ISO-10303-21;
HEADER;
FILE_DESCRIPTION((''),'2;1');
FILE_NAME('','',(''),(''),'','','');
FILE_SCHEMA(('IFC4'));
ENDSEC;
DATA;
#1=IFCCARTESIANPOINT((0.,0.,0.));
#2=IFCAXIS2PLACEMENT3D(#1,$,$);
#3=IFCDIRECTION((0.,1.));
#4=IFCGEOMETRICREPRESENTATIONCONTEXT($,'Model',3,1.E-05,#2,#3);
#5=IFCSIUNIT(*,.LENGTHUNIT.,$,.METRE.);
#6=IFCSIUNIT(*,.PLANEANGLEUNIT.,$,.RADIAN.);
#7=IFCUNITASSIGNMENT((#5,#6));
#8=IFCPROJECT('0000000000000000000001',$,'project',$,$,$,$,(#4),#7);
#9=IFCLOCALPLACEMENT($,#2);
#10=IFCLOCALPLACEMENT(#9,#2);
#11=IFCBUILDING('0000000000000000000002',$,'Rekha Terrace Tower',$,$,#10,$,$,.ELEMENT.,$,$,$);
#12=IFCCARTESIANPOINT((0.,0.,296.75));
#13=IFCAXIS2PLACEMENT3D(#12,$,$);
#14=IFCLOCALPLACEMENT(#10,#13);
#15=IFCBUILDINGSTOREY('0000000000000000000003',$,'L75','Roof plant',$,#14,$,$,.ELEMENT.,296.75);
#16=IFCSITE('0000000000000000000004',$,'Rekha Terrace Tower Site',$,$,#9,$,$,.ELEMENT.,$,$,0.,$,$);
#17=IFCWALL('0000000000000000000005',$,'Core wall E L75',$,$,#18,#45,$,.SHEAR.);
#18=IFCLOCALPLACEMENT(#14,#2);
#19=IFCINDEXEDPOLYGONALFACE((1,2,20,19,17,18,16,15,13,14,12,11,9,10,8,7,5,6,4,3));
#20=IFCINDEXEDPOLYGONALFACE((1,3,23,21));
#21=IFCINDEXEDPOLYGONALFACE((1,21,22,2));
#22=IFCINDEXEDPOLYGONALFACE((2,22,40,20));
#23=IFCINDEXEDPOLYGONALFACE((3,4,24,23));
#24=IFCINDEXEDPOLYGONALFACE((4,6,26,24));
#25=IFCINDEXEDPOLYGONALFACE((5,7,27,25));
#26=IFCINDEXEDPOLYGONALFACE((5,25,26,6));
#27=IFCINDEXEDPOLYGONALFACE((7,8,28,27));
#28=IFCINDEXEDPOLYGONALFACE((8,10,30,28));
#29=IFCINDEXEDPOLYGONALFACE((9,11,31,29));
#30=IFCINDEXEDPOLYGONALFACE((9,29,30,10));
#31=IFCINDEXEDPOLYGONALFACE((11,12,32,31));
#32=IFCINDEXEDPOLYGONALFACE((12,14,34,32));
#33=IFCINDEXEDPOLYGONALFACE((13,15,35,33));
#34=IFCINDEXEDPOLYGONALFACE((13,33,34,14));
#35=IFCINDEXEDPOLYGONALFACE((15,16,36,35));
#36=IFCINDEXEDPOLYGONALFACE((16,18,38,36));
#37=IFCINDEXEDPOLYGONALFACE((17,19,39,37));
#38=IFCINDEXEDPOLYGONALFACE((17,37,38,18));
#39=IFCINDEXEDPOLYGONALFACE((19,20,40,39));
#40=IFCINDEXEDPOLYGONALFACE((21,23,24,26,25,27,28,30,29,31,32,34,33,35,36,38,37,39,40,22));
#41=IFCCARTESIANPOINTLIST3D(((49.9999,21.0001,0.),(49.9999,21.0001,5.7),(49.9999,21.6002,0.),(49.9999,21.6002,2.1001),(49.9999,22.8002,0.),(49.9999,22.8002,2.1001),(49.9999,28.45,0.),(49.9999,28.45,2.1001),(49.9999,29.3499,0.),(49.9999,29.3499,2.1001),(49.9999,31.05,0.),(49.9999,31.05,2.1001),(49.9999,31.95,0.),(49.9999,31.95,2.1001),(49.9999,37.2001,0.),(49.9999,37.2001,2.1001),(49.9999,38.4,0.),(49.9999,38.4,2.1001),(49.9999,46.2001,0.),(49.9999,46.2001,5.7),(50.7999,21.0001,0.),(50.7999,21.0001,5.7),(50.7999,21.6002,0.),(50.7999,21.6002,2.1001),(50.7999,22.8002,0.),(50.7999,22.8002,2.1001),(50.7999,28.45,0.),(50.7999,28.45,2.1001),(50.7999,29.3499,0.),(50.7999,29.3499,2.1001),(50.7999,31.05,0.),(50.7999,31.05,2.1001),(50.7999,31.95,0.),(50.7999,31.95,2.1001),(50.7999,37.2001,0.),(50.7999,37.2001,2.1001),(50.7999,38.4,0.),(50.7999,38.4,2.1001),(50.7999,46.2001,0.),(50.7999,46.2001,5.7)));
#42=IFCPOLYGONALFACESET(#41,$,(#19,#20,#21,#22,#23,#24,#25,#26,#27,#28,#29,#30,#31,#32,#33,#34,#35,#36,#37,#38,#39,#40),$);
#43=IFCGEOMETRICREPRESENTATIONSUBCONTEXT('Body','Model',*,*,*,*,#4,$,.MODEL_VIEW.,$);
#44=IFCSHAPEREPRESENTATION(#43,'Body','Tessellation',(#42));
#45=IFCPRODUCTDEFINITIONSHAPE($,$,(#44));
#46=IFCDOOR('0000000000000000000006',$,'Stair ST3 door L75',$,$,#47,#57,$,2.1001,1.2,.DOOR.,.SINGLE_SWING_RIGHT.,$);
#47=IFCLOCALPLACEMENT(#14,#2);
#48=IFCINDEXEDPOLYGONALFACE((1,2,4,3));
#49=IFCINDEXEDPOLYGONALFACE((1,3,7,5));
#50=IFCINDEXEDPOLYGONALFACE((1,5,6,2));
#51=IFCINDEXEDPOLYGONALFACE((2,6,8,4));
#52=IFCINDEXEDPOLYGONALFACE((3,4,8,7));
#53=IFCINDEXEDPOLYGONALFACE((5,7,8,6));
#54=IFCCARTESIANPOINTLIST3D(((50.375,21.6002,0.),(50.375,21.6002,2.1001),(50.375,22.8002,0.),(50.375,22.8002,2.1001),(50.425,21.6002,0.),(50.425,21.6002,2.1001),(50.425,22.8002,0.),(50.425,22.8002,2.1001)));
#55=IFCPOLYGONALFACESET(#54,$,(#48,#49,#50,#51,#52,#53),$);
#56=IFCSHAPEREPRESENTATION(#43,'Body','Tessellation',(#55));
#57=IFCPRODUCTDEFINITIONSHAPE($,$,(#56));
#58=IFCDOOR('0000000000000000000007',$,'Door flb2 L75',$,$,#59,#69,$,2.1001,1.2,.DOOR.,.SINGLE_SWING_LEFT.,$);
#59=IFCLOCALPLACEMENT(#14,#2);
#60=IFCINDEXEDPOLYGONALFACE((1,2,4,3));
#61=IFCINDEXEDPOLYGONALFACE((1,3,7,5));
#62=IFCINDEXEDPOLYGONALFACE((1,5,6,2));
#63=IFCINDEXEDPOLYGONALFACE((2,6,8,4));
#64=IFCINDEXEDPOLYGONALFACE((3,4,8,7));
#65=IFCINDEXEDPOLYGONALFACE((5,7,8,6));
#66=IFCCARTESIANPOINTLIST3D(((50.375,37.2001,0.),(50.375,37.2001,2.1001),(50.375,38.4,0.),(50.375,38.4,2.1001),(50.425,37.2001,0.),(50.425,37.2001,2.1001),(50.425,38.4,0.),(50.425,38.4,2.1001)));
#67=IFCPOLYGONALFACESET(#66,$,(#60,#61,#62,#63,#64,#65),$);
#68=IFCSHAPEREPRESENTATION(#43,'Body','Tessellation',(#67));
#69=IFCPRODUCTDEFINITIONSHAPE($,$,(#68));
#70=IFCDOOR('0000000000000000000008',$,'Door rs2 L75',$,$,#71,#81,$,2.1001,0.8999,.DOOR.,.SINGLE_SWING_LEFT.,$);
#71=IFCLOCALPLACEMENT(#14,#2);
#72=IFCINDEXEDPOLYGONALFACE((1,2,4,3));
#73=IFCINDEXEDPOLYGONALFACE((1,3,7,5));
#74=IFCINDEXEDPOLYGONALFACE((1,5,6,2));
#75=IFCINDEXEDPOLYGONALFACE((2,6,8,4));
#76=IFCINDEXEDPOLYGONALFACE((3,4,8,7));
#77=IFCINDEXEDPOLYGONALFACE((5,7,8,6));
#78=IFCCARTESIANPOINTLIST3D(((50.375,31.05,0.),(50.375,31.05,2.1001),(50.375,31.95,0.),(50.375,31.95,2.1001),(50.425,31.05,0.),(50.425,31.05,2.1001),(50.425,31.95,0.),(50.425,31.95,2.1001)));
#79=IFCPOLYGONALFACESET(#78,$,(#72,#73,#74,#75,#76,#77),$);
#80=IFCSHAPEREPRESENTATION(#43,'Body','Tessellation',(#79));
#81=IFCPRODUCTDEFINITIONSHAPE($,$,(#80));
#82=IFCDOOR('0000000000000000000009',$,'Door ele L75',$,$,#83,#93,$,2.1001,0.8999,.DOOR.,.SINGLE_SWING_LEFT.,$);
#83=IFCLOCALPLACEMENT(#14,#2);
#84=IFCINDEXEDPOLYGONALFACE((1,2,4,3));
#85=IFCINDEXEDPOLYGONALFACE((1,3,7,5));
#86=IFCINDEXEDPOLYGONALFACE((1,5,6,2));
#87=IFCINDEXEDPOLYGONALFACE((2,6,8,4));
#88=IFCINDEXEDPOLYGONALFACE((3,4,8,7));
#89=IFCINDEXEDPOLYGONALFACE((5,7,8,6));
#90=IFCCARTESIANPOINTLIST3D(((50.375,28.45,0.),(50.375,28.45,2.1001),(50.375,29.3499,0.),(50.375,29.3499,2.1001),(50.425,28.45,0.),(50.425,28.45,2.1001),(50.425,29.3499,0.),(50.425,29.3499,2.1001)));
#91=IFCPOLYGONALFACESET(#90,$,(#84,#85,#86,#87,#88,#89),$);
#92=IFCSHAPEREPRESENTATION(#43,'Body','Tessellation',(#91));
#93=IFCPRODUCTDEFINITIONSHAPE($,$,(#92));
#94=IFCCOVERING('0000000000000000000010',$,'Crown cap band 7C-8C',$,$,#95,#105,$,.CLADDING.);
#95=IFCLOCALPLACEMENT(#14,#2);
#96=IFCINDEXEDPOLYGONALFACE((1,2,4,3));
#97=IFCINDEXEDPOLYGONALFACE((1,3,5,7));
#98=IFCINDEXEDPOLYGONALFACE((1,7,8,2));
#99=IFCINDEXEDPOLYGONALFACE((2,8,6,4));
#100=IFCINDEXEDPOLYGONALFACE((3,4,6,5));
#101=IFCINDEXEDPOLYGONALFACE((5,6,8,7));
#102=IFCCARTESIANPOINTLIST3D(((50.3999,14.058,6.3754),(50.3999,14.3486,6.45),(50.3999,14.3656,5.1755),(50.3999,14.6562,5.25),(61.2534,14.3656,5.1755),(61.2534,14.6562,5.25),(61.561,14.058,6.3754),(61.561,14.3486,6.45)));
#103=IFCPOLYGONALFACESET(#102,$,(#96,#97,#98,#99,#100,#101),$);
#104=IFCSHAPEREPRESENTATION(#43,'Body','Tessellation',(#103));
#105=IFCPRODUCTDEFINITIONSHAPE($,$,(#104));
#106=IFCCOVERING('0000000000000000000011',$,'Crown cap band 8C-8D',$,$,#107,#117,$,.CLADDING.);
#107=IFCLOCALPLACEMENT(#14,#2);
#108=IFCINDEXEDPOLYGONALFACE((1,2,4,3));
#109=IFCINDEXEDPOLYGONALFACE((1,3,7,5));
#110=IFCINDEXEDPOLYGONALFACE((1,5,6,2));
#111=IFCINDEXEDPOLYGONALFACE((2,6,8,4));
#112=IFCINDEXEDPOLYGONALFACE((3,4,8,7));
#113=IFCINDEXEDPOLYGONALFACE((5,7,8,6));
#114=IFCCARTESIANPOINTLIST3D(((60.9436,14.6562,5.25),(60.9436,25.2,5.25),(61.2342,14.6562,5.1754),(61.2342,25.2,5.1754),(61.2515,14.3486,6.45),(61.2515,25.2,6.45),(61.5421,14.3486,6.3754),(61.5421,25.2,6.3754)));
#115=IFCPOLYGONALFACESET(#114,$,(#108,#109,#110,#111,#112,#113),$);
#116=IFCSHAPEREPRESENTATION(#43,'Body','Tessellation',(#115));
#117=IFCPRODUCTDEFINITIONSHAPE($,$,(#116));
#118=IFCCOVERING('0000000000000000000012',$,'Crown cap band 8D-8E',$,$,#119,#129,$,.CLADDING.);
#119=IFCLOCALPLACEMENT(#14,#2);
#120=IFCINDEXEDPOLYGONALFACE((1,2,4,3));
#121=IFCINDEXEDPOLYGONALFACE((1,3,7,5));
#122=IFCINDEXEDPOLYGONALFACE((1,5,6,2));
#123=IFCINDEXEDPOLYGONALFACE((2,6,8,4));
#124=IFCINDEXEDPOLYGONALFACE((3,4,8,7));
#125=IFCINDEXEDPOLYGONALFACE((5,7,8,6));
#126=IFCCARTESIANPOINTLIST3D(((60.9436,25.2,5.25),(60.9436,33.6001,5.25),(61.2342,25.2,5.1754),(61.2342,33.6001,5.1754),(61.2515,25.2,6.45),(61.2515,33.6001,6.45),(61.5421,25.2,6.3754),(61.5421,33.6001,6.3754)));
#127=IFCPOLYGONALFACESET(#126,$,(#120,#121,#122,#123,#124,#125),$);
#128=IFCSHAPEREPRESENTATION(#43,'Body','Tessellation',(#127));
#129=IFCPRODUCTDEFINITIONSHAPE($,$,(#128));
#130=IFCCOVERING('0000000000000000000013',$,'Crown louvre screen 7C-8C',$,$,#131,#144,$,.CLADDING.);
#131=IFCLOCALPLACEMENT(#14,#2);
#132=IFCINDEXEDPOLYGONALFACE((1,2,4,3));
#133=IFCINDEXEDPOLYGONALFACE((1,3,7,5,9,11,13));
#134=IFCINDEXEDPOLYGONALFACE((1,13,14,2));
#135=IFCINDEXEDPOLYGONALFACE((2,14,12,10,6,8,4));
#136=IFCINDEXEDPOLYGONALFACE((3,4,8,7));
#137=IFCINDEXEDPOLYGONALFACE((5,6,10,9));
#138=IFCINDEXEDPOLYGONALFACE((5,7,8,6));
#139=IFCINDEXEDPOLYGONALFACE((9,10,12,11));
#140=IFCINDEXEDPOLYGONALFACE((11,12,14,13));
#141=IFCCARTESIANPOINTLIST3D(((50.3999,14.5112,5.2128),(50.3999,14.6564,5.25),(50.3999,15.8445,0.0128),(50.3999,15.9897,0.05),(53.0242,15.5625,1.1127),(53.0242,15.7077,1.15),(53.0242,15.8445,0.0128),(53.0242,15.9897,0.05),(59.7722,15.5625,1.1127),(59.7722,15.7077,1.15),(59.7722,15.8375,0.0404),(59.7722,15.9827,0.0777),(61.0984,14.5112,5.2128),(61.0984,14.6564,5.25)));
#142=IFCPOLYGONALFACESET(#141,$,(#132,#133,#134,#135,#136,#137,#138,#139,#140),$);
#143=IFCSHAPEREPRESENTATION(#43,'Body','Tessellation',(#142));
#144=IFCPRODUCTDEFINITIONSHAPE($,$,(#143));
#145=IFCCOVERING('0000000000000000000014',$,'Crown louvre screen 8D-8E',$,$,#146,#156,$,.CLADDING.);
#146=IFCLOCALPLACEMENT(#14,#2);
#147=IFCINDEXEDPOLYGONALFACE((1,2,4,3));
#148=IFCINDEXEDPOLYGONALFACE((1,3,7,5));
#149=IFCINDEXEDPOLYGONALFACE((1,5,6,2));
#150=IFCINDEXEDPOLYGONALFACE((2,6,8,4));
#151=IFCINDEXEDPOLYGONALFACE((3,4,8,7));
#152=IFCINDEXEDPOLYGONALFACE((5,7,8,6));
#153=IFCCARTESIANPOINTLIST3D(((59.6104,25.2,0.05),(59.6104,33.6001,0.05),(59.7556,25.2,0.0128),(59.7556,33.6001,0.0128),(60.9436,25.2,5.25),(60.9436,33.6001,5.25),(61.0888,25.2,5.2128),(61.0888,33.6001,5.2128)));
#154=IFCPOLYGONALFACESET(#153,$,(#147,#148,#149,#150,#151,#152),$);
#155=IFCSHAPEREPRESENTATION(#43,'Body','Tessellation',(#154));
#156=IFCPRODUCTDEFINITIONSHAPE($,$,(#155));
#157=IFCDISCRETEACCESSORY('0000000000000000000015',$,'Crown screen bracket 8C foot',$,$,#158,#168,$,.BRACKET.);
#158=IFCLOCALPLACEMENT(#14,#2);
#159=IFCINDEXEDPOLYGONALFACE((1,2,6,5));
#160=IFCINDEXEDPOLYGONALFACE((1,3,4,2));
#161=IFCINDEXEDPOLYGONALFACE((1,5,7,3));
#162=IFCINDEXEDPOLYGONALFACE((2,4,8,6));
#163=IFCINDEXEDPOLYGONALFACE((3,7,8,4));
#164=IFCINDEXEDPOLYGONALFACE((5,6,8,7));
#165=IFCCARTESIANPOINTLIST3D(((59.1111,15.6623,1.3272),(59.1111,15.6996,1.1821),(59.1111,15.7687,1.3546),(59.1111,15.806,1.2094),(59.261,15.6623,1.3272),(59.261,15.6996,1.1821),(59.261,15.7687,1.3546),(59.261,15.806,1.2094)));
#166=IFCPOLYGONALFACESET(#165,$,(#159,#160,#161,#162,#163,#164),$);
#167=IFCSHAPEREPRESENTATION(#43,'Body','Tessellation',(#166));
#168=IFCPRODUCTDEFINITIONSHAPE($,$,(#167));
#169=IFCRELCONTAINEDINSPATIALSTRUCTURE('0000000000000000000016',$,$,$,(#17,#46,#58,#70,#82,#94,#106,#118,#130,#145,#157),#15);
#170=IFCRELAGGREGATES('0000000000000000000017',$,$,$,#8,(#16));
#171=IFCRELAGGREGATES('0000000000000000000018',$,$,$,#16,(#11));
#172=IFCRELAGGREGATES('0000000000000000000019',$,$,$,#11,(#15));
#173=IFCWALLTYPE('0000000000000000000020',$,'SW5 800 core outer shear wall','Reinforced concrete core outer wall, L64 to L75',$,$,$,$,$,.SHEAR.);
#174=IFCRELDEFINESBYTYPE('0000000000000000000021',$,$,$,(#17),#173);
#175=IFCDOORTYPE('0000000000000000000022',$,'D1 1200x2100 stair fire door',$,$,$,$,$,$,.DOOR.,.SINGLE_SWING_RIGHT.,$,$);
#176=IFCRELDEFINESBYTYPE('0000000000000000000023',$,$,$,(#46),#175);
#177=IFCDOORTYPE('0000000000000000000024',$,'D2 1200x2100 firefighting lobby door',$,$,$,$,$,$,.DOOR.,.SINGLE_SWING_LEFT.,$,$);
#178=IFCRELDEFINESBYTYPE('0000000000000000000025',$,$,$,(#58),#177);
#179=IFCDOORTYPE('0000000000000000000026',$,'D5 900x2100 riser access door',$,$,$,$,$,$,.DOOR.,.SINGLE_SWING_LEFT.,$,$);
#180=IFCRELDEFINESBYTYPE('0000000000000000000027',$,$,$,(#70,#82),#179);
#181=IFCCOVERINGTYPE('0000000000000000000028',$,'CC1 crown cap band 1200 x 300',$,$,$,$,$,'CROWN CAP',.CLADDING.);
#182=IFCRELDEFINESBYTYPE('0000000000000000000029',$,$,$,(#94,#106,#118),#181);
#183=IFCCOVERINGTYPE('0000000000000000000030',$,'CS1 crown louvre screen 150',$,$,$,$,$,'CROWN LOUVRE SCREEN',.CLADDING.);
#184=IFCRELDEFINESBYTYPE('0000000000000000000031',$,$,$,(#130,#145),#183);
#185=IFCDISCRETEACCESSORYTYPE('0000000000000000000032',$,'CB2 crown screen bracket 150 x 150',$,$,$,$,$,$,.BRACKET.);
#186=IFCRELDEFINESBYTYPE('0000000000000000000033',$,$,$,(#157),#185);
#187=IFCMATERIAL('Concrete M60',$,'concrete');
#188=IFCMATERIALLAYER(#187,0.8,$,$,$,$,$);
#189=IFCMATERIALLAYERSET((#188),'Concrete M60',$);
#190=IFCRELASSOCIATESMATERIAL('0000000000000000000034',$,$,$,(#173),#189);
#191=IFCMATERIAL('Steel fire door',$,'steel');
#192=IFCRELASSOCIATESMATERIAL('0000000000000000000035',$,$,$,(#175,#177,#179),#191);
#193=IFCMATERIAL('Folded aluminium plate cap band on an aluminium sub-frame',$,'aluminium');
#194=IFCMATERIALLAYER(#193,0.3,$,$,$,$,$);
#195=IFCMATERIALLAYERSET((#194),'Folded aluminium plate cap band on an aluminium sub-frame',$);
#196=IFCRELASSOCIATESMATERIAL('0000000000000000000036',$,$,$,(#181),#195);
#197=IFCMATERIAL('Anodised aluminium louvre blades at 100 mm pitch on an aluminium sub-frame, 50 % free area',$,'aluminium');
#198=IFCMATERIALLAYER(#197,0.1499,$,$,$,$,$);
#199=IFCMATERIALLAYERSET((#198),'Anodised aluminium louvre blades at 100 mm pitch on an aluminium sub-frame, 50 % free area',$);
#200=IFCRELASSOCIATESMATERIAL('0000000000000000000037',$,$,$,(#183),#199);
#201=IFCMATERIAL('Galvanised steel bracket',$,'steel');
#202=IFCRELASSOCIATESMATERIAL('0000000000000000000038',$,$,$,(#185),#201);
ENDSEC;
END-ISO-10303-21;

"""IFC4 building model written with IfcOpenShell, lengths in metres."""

from ifc_helpers import new_model, si_unit, direction, frame, frame_2d, origin, origin_2d, place, context, subcontext, project, spatial, polyline, rectangle, outline, extrude, material, layer, layer_set, type_object, element, fill, save


model = new_model("IFC4")

# Units and contexts
model_context = context("Model", 3, precision=1e-05, world=origin(), true_north=direction((0.0, 1.0)))
body_context = subcontext(model_context, "Body", "Model", "MODEL_VIEW")
ifc_project = project(units=[si_unit("LENGTHUNIT", "METRE"), si_unit("PLANEANGLEUNIT", "RADIAN")], contexts=[model_context])

# Site, building, storey
site_placement = place(None, origin())
site = spatial("IfcSite", under=ifc_project, at=site_placement, Name="Rekha Terrace Tower Site", CompositionType="ELEMENT", RefElevation=0.0)
building_placement = place(site_placement, origin())
building = spatial("IfcBuilding", under=site, at=building_placement, Name="Rekha Terrace Tower", CompositionType="ELEMENT")
storey_placement = place(building_placement, frame((0.0, 0.0, 296.75)))
storey = spatial("IfcBuildingStorey", under=building, at=storey_placement, Name="L75", Description="Roof plant", CompositionType="ELEMENT", Elevation=296.75)

# Wall, openings, doors
ifc_material_1 = material(Name="Concrete M60", Category="concrete")
ifc_layer_1 = layer(ifc_material_1, 0.8)
ifc_layer_set_1 = layer_set([ifc_layer_1], Name="Concrete M60")
wall_type_1 = type_object("IfcWallType", Name="SW5 800 core outer shear wall", Description="Reinforced concrete core outer wall, L64 to L75", PredefinedType="SHEAR", material=ifc_layer_set_1)
wall_1_placement = place(storey_placement, frame((50.3999, 21.0, 0.0), z_axis=(0.0, 0.0, 1.0), x_axis=(0.0, 1.0, 0.0)))
wall_1 = element("IfcWall", 1, at=wall_1_placement, inside=storey, type_object=wall_type_1, Name="Core wall E L75", PredefinedType="SHEAR", context=body_context, shape_type="SweptSolid", body=[
    extrude(rectangle(XDim=25.2, YDim=0.8, at=frame_2d((12.6001, 0.0))), origin(), (0.0, 0.0, 1.0), 5.7),
])
opening_1_placement = place(wall_1_placement, frame((16.2, 0.0, 0.0)))
opening_1 = element("IfcOpeningElement", 2, at=opening_1_placement, cuts=wall_1, PredefinedType="OPENING", context=body_context, shape_type="SweptSolid", body=[
    extrude(rectangle(XDim=1.2, YDim=2.1001, at=frame_2d((0.6001, 1.05))), frame((0.0, 0.4099, 0.0), z_axis=(0.0, -1.0, 0.0), x_axis=(1.0, 0.0, 0.0)), (0.0, 0.0, 1.0), 0.8201),
])
opening_2_placement = place(wall_1_placement, frame((10.05, 0.0, 0.0)))
opening_2 = element("IfcOpeningElement", 3, at=opening_2_placement, cuts=wall_1, PredefinedType="OPENING", context=body_context, shape_type="SweptSolid", body=[
    extrude(rectangle(XDim=0.8999, YDim=2.1001, at=frame_2d((0.45, 1.05))), frame((0.0, 0.4099, 0.0), z_axis=(0.0, -1.0, 0.0), x_axis=(1.0, 0.0, 0.0)), (0.0, 0.0, 1.0), 0.8201),
])
opening_3_placement = place(wall_1_placement, frame((7.45, 0.0, 0.0)))
opening_3 = element("IfcOpeningElement", 4, at=opening_3_placement, cuts=wall_1, PredefinedType="OPENING", context=body_context, shape_type="SweptSolid", body=[
    extrude(rectangle(XDim=0.8999, YDim=2.1001, at=frame_2d((0.45, 1.05))), frame((0.0, 0.4099, 0.0), z_axis=(0.0, -1.0, 0.0), x_axis=(1.0, 0.0, 0.0)), (0.0, 0.0, 1.0), 0.8201),
])
opening_4_placement = place(wall_1_placement, frame((0.6001, 0.0, 0.0)))
opening_4 = element("IfcOpeningElement", 5, at=opening_4_placement, cuts=wall_1, PredefinedType="OPENING", context=body_context, shape_type="SweptSolid", body=[
    extrude(rectangle(XDim=1.2, YDim=2.1001, at=frame_2d((0.6001, 1.05))), frame((0.0, 0.4099, 0.0), z_axis=(0.0, -1.0, 0.0), x_axis=(1.0, 0.0, 0.0)), (0.0, 0.0, 1.0), 0.8201),
])
ifc_material_2 = material(Name="Steel fire door", Category="steel")
door_type_1 = type_object("IfcDoorType", Name="D1 1200x2100 stair fire door", OperationType="SINGLE_SWING_RIGHT", PredefinedType="DOOR", material=ifc_material_2)
door_1_placement = place(opening_4_placement, origin())
door_1 = element("IfcDoor", 6, at=door_1_placement, inside=storey, type_object=door_type_1, Name="Stair ST3 door L75", OperationType="SINGLE_SWING_RIGHT", OverallHeight=2.1001, OverallWidth=1.2, PredefinedType="DOOR", context=body_context, shape_type="SweptSolid", body=[
    extrude(rectangle(XDim=1.2, YDim=2.1001, at=frame_2d((0.6001, 1.05))), frame((0.0, 0.0249, 0.0), z_axis=(0.0, -1.0, 0.0), x_axis=(1.0, 0.0, 0.0)), (0.0, 0.0, 1.0), 0.05),
])
fill(opening_4, door_1)
door_type_2 = type_object("IfcDoorType", Name="D2 1200x2100 firefighting lobby door", OperationType="SINGLE_SWING_LEFT", PredefinedType="DOOR", material=ifc_material_2)
door_2_placement = place(opening_1_placement, origin())
door_2 = element("IfcDoor", 7, at=door_2_placement, inside=storey, type_object=door_type_2, Name="Door flb2 L75", OperationType="SINGLE_SWING_LEFT", OverallHeight=2.1001, OverallWidth=1.2, PredefinedType="DOOR", context=body_context, shape_type="SweptSolid", body=[
    extrude(rectangle(XDim=1.2, YDim=2.1001, at=frame_2d((0.6001, 1.05))), frame((0.0, 0.0249, 0.0), z_axis=(0.0, -1.0, 0.0), x_axis=(1.0, 0.0, 0.0)), (0.0, 0.0, 1.0), 0.05),
])
fill(opening_1, door_2)
door_type_3 = type_object("IfcDoorType", Name="D5 900x2100 riser access door", OperationType="SINGLE_SWING_LEFT", PredefinedType="DOOR", material=ifc_material_2)
door_3_placement = place(opening_2_placement, origin())
door_3 = element("IfcDoor", 8, at=door_3_placement, inside=storey, type_object=door_type_3, Name="Door rs2 L75", OperationType="SINGLE_SWING_LEFT", OverallHeight=2.1001, OverallWidth=0.8999, PredefinedType="DOOR", context=body_context, shape_type="SweptSolid", body=[
    extrude(rectangle(XDim=0.8999, YDim=2.1001, at=frame_2d((0.45, 1.05))), frame((0.0, 0.0249, 0.0), z_axis=(0.0, -1.0, 0.0), x_axis=(1.0, 0.0, 0.0)), (0.0, 0.0, 1.0), 0.05),
])
fill(opening_2, door_3)
door_4_placement = place(opening_3_placement, origin())
door_4 = element("IfcDoor", 9, at=door_4_placement, inside=storey, type_object=door_type_3, Name="Door ele L75", OperationType="SINGLE_SWING_LEFT", OverallHeight=2.1001, OverallWidth=0.8999, PredefinedType="DOOR", context=body_context, shape_type="SweptSolid", body=[
    extrude(rectangle(XDim=0.8999, YDim=2.1001, at=frame_2d((0.45, 1.05))), frame((0.0, 0.0249, 0.0), z_axis=(0.0, -1.0, 0.0), x_axis=(1.0, 0.0, 0.0)), (0.0, 0.0, 1.0), 0.05),
])
fill(opening_3, door_4)

# Coverings
ifc_material_3 = material(Name="Folded aluminium plate cap band on an aluminium sub-frame", Category="aluminium")
ifc_layer_2 = layer(ifc_material_3, 0.3)
ifc_layer_set_2 = layer_set([ifc_layer_2], Name="Folded aluminium plate cap band on an aluminium sub-frame")
covering_type_1 = type_object("IfcCoveringType", Name="CC1 crown cap band 1200 x 300", ElementType="CROWN CAP", PredefinedType="CLADDING", material=ifc_layer_set_2)
covering_1_placement = place(storey_placement, frame((50.3999, 14.6562, 5.25), z_axis=(0.0, 0.968676, 0.248328), x_axis=(1.0, 0.0, 0.0)))
element("IfcCovering", 10, at=covering_1_placement, inside=storey, type_object=covering_type_1, Name="Crown cap band 7C-8C", PredefinedType="CLADDING", context=body_context, shape_type="SweptSolid", body=[
    extrude(outline(polyline([(0.0, 0.0), (10.8535, 0.0), (11.1611, -1.2388), (0.0, -1.2388), (0.0, 0.0)])), origin(), (0.0, 0.0, -1.0), 0.3),
])
covering_2_placement = place(storey_placement, frame((60.9436, 14.6562, 5.25), z_axis=(-0.968629, 0.0, 0.248513), x_axis=(0.0, 1.0, 0.0)))
element("IfcCovering", 11, at=covering_2_placement, inside=storey, type_object=covering_type_1, Name="Crown cap band 8C-8D", PredefinedType="CLADDING", context=body_context, shape_type="SweptSolid", body=[
    extrude(outline(polyline([(0.0, 0.0), (10.5437, 0.0), (10.5437, -1.2388), (-0.3076, -1.2388), (0.0, 0.0)])), origin(), (0.0, 0.0, -1.0), 0.3),
])
covering_3_placement = place(storey_placement, frame((60.9436, 25.2, 5.25), z_axis=(-0.968629, 0.0, 0.248513), x_axis=(0.0, 1.0, 0.0)))
element("IfcCovering", 12, at=covering_3_placement, inside=storey, type_object=covering_type_1, Name="Crown cap band 8D-8E", PredefinedType="CLADDING", context=body_context, shape_type="SweptSolid", body=[
    extrude(outline(polyline([(0.0, 0.0), (8.4001, 0.0), (8.4001, -1.2388), (0.0, -1.2388), (0.0, 0.0)])), origin(), (0.0, 0.0, -1.0), 0.3),
])
ifc_material_4 = material(Name="Anodised aluminium louvre blades at 100 mm pitch on an aluminium sub-frame, 50 % free area", Category="aluminium")
ifc_layer_3 = layer(ifc_material_4, 0.1499)
ifc_layer_set_3 = layer_set([ifc_layer_3], Name="Anodised aluminium louvre blades at 100 mm pitch on an aluminium sub-frame, 50 % free area")
covering_type_2 = type_object("IfcCoveringType", Name="CS1 crown louvre screen 150", ElementType="CROWN LOUVRE SCREEN", PredefinedType="CLADDING", material=ifc_layer_set_3)
covering_4_placement = place(storey_placement, frame((50.3999, 15.9897, 0.05), z_axis=(0.0, 0.968662, 0.248382), x_axis=(1.0, 0.0, 0.0)))
element("IfcCovering", 13, at=covering_4_placement, inside=storey, type_object=covering_type_2, Name="Crown louvre screen 7C-8C", PredefinedType="CLADDING", context=body_context, shape_type="SweptSolid", body=[
    extrude(outline(polyline([(0.0, 0.0), (2.6243, 0.0), (2.6243, -1.1355), (9.3723, -1.1355), (9.3723, 0.0), (9.3652, 0.0), (10.6985, -5.3682), (0.0, -5.3682), (0.0, 0.0)])), origin(), (0.0, 0.0, -1.0), 0.1499),
])
covering_5_placement = place(storey_placement, frame((59.6104, 25.2, 0.05), z_axis=(-0.968667, 0.0, 0.248363), x_axis=(0.0, 1.0, 0.0)))
element("IfcCovering", 14, at=covering_5_placement, inside=storey, type_object=covering_type_2, Name="Crown louvre screen 8D-8E", PredefinedType="CLADDING", context=body_context, shape_type="SweptSolid", body=[
    extrude(outline(polyline([(0.0, 0.0), (8.4001, 0.0), (8.4001, -5.3682), (0.0, -5.3682), (0.0, 0.0)])), origin(), (0.0, 0.0, -1.0), 0.1499),
])

# Discrete accessory
ifc_material_5 = material(Name="Galvanised steel bracket", Category="steel")
discrete_accessory_type = type_object("IfcDiscreteAccessoryType", Name="CB2 crown screen bracket 150 x 150", PredefinedType="BRACKET", material=ifc_material_5)
discrete_accessory_1_placement = place(storey_placement, frame((59.186, 15.7874, 1.282), z_axis=(0.0, -0.968554, -0.248803), x_axis=(1.0, 0.0, 0.0)))
element("IfcDiscreteAccessory", 15, at=discrete_accessory_1_placement, inside=storey, type_object=discrete_accessory_type, Name="Crown screen bracket 8C foot", PredefinedType="BRACKET", context=body_context, shape_type="SweptSolid", body=[
    extrude(rectangle(XDim=0.1499, YDim=0.1499, at=origin_2d()), origin(), (0.0, 0.0, 1.0), 0.1099),
])

save(model, "model.ifc")
